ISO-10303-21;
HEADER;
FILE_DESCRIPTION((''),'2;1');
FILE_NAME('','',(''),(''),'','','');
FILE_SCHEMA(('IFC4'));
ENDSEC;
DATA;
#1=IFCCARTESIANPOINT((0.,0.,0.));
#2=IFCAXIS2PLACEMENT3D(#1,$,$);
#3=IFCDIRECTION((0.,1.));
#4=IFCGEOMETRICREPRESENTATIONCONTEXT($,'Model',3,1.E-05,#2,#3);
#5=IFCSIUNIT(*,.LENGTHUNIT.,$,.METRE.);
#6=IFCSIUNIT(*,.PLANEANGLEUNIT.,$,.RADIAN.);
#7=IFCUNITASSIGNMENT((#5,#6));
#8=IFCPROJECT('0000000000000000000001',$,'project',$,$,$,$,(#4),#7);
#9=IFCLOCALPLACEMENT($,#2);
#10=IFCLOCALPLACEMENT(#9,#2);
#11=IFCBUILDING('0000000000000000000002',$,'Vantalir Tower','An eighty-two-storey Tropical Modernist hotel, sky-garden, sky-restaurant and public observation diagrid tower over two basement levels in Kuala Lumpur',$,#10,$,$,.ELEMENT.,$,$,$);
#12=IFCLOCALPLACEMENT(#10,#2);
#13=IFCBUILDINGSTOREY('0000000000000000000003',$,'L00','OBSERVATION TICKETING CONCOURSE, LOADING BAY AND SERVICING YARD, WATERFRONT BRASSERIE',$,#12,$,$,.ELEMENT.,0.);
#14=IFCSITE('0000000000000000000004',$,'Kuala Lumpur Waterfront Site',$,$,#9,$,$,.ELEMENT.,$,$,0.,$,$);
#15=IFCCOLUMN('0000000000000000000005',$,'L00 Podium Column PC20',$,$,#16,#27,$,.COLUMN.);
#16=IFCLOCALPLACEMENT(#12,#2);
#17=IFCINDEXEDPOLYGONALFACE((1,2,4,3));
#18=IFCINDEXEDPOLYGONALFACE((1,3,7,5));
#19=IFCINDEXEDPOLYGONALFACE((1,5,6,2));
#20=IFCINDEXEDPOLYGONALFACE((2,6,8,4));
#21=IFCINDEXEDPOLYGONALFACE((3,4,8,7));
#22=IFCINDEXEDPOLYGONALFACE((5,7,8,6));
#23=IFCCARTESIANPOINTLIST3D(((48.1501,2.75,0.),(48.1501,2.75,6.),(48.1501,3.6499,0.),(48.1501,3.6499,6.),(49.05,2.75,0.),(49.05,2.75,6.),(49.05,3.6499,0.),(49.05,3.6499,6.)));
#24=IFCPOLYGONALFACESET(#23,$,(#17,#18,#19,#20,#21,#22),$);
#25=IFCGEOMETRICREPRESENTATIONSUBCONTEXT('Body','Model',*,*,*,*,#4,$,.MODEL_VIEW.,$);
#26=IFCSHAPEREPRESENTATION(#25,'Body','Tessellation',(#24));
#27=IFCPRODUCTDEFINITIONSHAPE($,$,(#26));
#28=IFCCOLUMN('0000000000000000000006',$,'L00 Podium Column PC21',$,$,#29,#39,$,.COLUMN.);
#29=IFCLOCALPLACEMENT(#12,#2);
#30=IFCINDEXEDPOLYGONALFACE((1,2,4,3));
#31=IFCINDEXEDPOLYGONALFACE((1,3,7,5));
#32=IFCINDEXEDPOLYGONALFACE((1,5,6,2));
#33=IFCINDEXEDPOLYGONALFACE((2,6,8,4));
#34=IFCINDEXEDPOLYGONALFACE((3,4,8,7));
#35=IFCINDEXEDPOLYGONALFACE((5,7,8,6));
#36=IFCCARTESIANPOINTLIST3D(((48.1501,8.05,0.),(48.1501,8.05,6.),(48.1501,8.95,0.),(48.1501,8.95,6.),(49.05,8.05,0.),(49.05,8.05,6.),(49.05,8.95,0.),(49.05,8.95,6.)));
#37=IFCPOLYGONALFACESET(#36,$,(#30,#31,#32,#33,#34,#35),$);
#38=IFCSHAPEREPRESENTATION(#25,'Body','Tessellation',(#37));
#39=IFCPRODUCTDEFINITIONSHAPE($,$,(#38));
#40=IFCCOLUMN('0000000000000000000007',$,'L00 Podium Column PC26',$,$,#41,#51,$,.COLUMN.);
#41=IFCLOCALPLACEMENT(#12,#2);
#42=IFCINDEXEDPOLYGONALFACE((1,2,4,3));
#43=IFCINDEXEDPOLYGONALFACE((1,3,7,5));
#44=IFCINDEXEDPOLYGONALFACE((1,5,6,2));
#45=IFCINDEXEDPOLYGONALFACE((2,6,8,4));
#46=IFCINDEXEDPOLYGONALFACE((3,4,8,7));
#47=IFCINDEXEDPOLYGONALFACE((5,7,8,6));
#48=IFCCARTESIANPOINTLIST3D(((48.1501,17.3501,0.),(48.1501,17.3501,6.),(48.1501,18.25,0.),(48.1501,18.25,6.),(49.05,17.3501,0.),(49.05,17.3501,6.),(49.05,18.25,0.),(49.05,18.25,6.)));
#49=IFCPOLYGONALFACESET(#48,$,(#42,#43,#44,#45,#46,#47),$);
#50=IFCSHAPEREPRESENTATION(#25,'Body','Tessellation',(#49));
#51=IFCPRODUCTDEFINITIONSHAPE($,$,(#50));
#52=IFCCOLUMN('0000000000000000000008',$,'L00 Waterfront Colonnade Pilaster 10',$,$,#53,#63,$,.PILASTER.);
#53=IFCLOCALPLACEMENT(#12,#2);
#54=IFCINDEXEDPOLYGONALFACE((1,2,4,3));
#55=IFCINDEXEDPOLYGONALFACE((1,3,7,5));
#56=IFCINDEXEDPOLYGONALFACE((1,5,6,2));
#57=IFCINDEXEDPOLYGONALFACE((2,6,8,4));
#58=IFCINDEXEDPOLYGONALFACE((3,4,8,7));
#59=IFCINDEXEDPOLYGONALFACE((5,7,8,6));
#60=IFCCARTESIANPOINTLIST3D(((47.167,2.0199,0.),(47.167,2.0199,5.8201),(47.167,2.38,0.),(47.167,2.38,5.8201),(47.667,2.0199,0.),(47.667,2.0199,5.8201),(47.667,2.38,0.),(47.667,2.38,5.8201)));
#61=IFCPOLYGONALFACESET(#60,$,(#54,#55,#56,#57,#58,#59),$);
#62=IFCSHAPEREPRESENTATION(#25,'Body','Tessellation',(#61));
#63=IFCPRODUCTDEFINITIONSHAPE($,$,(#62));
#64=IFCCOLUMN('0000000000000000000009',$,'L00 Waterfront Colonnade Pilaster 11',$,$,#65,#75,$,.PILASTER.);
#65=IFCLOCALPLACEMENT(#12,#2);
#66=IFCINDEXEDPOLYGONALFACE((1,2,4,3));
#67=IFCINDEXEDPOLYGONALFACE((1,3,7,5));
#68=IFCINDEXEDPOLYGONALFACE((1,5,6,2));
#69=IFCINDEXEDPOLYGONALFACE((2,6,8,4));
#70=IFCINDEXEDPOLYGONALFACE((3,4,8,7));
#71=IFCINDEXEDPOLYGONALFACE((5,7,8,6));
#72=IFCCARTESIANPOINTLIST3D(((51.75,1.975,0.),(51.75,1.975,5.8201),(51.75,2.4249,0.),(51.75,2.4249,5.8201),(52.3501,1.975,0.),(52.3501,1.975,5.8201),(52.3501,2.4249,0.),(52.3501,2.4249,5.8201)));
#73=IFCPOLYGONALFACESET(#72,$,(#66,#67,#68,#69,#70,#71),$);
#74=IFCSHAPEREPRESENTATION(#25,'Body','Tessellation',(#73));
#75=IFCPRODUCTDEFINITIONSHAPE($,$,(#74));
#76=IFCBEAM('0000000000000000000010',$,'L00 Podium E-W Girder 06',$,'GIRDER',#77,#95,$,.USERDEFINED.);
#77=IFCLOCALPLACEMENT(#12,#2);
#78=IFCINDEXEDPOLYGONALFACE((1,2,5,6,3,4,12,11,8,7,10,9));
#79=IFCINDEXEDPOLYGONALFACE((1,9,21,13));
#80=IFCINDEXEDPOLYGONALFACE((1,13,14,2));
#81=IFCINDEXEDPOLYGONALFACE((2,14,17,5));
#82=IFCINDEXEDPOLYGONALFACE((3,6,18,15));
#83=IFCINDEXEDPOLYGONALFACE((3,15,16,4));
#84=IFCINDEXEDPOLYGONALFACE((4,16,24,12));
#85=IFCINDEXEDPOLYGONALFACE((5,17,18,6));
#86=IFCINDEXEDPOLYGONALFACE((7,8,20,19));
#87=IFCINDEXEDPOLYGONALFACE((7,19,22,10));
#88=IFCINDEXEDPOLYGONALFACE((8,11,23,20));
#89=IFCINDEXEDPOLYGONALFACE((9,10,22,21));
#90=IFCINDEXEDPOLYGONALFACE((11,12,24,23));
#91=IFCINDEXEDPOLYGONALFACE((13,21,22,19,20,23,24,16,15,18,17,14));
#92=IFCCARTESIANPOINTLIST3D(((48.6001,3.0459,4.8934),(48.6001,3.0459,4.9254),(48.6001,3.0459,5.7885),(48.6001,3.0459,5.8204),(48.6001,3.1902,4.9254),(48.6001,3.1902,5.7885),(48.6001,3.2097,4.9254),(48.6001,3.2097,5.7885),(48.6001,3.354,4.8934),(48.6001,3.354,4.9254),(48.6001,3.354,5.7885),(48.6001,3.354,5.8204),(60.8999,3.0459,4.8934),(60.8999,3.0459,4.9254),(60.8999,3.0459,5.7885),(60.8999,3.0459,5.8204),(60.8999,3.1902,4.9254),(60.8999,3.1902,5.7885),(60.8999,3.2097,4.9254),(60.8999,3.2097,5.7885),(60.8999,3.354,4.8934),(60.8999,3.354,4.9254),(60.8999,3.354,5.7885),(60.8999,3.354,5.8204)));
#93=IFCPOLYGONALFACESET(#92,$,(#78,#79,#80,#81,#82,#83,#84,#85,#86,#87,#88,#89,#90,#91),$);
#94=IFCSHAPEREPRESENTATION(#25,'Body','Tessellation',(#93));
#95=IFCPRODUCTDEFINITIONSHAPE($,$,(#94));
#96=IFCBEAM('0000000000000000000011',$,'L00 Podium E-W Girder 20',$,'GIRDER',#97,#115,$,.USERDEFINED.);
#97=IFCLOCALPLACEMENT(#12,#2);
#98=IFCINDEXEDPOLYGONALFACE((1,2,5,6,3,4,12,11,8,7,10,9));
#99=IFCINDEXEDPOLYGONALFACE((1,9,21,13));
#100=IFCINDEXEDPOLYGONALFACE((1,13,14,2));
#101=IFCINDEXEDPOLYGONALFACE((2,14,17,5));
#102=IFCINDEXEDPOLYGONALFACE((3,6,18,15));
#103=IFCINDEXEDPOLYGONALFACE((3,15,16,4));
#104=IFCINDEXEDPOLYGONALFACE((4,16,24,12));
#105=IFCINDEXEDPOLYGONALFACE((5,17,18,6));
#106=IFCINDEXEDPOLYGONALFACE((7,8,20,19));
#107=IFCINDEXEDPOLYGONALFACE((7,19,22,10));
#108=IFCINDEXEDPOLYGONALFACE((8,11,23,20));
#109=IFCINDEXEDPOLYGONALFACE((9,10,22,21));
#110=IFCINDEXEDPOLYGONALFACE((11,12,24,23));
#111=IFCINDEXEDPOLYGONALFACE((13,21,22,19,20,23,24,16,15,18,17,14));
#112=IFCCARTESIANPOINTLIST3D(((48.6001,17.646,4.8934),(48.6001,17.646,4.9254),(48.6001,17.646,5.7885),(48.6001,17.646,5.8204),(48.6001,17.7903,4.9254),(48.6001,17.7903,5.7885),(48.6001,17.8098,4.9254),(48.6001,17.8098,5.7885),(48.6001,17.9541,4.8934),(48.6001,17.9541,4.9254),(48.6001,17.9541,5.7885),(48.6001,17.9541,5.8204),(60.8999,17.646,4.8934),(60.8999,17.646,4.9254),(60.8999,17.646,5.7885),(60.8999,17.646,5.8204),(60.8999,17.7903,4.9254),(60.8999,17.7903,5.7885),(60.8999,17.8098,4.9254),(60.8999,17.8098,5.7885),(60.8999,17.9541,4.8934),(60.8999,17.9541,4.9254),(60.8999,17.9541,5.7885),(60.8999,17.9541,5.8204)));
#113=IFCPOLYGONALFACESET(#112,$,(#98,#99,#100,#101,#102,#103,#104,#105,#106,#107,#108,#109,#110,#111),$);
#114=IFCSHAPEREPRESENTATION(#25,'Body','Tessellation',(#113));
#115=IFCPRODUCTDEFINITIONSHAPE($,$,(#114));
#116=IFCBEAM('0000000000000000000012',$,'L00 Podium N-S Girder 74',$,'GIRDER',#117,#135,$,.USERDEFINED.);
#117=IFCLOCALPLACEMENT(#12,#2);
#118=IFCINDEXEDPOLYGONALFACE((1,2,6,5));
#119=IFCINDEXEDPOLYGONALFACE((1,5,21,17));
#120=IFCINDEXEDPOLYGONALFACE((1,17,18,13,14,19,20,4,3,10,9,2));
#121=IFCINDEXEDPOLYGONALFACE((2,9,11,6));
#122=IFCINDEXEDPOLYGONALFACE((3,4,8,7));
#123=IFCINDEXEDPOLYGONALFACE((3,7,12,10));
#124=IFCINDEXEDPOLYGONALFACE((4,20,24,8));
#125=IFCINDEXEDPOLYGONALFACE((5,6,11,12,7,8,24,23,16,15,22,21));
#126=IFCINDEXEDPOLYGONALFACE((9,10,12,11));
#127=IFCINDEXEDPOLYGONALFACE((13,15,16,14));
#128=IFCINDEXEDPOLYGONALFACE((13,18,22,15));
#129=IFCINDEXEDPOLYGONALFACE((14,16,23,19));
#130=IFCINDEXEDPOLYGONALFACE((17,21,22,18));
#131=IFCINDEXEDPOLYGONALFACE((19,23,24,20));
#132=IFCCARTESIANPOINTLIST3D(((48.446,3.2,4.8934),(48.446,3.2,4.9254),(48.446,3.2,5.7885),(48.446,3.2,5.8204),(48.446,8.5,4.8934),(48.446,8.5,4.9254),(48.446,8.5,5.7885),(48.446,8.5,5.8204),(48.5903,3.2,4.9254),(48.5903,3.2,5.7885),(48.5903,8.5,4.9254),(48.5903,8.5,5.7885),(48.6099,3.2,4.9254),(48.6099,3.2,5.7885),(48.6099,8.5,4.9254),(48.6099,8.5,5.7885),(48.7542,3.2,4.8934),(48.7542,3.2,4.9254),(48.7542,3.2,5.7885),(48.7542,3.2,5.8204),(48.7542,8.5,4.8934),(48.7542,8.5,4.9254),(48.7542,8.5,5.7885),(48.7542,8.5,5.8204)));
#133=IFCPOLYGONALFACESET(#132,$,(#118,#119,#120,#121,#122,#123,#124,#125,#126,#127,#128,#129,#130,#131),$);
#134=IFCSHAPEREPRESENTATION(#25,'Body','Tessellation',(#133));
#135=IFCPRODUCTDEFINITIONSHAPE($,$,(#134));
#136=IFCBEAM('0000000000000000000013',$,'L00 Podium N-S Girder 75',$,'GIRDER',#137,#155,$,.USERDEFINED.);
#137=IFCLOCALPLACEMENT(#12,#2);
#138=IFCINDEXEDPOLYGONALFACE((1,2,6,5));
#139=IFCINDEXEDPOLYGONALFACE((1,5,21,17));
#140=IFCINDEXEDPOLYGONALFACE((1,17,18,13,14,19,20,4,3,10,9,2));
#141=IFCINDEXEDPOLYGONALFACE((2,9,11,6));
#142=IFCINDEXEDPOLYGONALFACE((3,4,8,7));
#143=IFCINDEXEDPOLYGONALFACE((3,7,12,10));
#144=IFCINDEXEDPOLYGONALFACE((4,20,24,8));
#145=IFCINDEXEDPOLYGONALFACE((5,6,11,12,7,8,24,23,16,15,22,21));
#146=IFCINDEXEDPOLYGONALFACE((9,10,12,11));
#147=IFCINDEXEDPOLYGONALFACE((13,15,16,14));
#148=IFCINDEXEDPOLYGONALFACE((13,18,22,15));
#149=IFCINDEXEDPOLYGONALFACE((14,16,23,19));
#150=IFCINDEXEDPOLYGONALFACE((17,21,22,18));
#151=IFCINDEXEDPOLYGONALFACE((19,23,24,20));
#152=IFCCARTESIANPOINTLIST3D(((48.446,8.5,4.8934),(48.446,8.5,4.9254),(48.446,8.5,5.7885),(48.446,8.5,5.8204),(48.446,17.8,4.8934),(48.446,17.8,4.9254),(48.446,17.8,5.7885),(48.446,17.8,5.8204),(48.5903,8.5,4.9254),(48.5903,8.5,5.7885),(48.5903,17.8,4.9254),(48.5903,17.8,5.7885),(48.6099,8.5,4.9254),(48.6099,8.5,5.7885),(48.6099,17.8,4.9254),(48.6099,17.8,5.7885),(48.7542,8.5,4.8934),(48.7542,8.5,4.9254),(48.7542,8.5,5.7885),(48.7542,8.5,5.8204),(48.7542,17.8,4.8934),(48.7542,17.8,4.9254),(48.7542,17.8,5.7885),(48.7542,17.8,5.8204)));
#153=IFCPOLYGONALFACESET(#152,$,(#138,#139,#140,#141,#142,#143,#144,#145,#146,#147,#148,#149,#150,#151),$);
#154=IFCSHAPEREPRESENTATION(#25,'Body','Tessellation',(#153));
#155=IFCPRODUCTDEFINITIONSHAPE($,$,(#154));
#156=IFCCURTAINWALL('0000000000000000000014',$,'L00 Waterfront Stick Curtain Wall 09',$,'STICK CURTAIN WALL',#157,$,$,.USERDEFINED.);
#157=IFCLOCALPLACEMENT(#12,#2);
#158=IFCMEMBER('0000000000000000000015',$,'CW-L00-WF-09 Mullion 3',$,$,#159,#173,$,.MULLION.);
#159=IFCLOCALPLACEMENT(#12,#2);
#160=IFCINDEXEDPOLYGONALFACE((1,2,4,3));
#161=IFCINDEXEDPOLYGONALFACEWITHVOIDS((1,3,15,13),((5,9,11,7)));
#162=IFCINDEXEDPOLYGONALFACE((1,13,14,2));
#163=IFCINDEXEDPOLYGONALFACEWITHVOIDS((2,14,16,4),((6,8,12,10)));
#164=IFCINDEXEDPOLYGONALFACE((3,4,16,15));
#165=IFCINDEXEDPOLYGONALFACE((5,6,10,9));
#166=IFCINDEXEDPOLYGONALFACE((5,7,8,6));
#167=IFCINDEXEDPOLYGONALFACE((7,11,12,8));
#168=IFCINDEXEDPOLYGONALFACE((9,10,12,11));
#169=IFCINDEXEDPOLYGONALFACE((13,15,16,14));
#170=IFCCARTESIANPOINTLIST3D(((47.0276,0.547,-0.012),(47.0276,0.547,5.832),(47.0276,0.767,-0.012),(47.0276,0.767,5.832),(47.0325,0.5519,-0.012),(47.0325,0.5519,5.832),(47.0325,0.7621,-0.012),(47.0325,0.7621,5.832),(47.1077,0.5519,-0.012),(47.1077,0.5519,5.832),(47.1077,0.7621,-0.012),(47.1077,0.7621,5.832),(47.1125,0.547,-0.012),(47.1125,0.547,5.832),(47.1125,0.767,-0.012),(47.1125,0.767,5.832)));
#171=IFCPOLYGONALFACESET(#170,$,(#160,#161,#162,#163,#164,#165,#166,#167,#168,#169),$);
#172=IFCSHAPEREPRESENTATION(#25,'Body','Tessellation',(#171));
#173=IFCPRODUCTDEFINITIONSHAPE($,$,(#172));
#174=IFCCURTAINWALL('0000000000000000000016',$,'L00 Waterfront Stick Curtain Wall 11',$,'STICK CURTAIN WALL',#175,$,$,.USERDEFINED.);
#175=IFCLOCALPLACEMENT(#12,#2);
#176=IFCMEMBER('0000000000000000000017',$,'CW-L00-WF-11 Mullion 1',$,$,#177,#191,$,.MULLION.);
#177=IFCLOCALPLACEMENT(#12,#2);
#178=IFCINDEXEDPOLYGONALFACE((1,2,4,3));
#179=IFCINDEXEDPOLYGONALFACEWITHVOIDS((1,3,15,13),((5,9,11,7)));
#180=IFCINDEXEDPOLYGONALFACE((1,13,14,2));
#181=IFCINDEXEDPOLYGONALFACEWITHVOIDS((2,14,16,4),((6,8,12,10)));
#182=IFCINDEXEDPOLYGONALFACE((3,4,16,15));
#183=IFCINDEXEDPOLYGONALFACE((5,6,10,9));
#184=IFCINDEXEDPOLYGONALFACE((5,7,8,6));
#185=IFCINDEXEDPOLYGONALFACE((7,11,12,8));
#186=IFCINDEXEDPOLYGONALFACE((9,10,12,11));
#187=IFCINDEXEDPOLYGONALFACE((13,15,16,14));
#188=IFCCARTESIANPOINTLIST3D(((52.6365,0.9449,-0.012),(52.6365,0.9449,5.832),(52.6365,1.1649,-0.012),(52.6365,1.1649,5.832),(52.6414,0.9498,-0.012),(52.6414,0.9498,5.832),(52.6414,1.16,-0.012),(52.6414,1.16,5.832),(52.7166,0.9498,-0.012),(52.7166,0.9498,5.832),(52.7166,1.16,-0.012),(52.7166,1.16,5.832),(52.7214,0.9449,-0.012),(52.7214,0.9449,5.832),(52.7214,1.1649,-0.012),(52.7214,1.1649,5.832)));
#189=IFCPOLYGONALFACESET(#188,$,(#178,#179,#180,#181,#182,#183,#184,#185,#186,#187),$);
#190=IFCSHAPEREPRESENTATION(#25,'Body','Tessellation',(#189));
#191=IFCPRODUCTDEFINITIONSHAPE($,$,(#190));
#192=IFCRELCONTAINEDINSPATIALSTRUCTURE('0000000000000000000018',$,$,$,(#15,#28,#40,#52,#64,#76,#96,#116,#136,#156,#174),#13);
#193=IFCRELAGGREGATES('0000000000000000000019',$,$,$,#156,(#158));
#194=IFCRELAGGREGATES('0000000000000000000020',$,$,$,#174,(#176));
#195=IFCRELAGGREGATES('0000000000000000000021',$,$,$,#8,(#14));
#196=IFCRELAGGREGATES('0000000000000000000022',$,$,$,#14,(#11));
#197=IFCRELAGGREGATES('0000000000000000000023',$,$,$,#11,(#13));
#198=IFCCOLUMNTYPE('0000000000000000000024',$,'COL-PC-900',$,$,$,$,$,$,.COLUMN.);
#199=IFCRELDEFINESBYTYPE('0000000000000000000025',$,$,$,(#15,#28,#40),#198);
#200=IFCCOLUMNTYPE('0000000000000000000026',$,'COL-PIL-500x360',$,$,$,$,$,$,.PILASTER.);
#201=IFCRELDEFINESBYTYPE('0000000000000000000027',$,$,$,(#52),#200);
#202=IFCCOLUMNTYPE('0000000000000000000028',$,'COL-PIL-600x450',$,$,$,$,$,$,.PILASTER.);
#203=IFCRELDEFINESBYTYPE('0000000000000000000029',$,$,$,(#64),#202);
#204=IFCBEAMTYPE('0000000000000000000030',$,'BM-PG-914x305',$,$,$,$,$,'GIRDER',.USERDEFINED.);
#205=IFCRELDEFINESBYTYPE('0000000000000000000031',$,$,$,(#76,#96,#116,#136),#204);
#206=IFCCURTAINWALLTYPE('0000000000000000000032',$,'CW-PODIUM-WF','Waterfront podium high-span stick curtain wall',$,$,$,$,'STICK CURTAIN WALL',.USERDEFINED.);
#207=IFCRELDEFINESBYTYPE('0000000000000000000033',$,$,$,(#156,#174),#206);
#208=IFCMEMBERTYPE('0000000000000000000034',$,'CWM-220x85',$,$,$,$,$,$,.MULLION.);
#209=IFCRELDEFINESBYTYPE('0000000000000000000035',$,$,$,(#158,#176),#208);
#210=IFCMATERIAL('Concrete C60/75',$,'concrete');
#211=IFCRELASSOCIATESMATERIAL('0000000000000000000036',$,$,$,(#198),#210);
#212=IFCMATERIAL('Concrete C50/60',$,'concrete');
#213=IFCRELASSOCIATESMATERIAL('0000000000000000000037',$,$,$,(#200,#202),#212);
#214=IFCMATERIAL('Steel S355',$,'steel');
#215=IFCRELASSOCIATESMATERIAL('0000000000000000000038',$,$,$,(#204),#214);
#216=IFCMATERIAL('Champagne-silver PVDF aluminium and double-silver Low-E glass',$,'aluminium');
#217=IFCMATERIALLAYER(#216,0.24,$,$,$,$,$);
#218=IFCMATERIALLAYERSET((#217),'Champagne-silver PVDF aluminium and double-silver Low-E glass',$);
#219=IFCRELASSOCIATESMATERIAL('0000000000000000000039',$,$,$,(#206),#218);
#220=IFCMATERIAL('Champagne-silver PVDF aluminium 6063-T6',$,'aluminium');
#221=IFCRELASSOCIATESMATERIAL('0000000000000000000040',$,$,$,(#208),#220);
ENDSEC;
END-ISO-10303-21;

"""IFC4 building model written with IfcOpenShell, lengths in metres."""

from ifc_helpers import new_model, si_unit, direction, frame, origin, origin_2d, place, context, subcontext, project, spatial, rectangle, hollow_rectangle, i_section, extrude, material, layer, layer_set, material_profile, profile_set, type_object, element, aggregate, save


model = new_model("IFC4")

# Units and contexts
model_context = context("Model", 3, precision=1e-05, world=origin(), true_north=direction((0.0, 1.0)))
body_context = subcontext(model_context, "Body", "Model", "MODEL_VIEW")
ifc_project = project(units=[si_unit("LENGTHUNIT", "METRE"), si_unit("PLANEANGLEUNIT", "RADIAN")], contexts=[model_context])

# Site, building, storey
site_placement = place(None, origin())
site = spatial("IfcSite", under=ifc_project, at=site_placement, Name="Kuala Lumpur Waterfront Site", CompositionType="ELEMENT", RefElevation=0.0)
building_placement = place(site_placement, origin())
building = spatial("IfcBuilding", under=site, at=building_placement, Name="Vantalir Tower", Description="An eighty-two-storey Tropical Modernist hotel, sky-garden, sky-restaurant and public observation diagrid tower over two basement levels in Kuala Lumpur", CompositionType="ELEMENT")
storey_placement = place(building_placement, origin())
storey = spatial("IfcBuildingStorey", under=building, at=storey_placement, Name="L00", Description="OBSERVATION TICKETING CONCOURSE, LOADING BAY AND SERVICING YARD, WATERFRONT BRASSERIE", CompositionType="ELEMENT", Elevation=0.0)

# Columns
ifc_material_1 = material(Name="Concrete C60/75", Category="concrete")
ifc_material_profile_1 = material_profile(ifc_material_1, rectangle(XDim=0.8999, YDim=0.8999, at=origin_2d()), Name="Concrete C60/75")
ifc_profile_set_1 = profile_set([ifc_material_profile_1], Name="Concrete C60/75")
column_type_1 = type_object("IfcColumnType", Name="COL-PC-900", PredefinedType="COLUMN", material=ifc_profile_set_1)
for number, where, z_axis, x_axis, name in (
    (1, (48.6001, 3.2, 0.0), (0.0, 0.0, 1.0), (1.0, 0.0, 0.0), "L00 Podium Column PC20"),
    (2, (48.6001, 8.5, 0.0), (0.0, 0.0, 1.0), (1.0, 0.0, 0.0), "L00 Podium Column PC21"),
    (3, (48.6001, 17.8, 0.0), (0.0, 0.0, 1.0), (1.0, 0.0, 0.0), "L00 Podium Column PC26"),
):
    element("IfcColumn", number, at=place(storey_placement, frame(where, z_axis=z_axis, x_axis=x_axis)), inside=storey, type_object=column_type_1, Name=name, PredefinedType="COLUMN", context=body_context, shape_type="SweptSolid", body=[
        extrude(rectangle(XDim=0.8999, YDim=0.8999, at=origin_2d()), origin(), (0.0, 0.0, 1.0), 6.0),
    ])
ifc_material_2 = material(Name="Concrete C50/60", Category="concrete")
ifc_material_profile_2 = material_profile(ifc_material_2, rectangle(XDim=0.5, YDim=0.3601, at=origin_2d()), Name="Concrete C50/60")
ifc_profile_set_2 = profile_set([ifc_material_profile_2], Name="Concrete C50/60")
column_type_2 = type_object("IfcColumnType", Name="COL-PIL-500x360", PredefinedType="PILASTER", material=ifc_profile_set_2)
column_1_placement = place(storey_placement, frame((47.417, 2.2, 0.0), z_axis=(0.0, 0.0, 1.0), x_axis=(1.0, 0.0, 0.0)))
element("IfcColumn", 4, at=column_1_placement, inside=storey, type_object=column_type_2, Name="L00 Waterfront Colonnade Pilaster 10", PredefinedType="PILASTER", context=body_context, shape_type="SweptSolid", body=[
    extrude(rectangle(XDim=0.5, YDim=0.3601, at=origin_2d()), origin(), (0.0, 0.0, 1.0), 5.8201),
])
ifc_material_profile_3 = material_profile(ifc_material_2, rectangle(XDim=0.6001, YDim=0.45, at=origin_2d()), Name="Concrete C50/60")
ifc_profile_set_3 = profile_set([ifc_material_profile_3], Name="Concrete C50/60")
column_type_3 = type_object("IfcColumnType", Name="COL-PIL-600x450", PredefinedType="PILASTER", material=ifc_profile_set_3)
column_2_placement = place(storey_placement, frame((52.05, 2.2, 0.0), z_axis=(0.0, 0.0, 1.0), x_axis=(1.0, 0.0, 0.0)))
element("IfcColumn", 5, at=column_2_placement, inside=storey, type_object=column_type_3, Name="L00 Waterfront Colonnade Pilaster 11", PredefinedType="PILASTER", context=body_context, shape_type="SweptSolid", body=[
    extrude(rectangle(XDim=0.6001, YDim=0.45, at=origin_2d()), origin(), (0.0, 0.0, 1.0), 5.8201),
])

# Beams
ifc_material_3 = material(Name="Steel S355", Category="steel")
ifc_material_profile_4 = material_profile(ifc_material_3, i_section(OverallWidth=0.3081, OverallDepth=0.927, WebThickness=0.0195, FlangeThickness=0.032, at=origin_2d()), Name="Steel S355")
ifc_profile_set_4 = profile_set([ifc_material_profile_4], Name="Steel S355")
beam_type = type_object("IfcBeamType", Name="BM-PG-914x305", ElementType="GIRDER", PredefinedType="USERDEFINED", material=ifc_profile_set_4)
for number, where, z_axis, x_axis, name in (
    (6, (48.6001, 3.2, 5.3569), (1.0, 0.0, 0.0), (0.0, 1.0, 0.0), "L00 Podium E-W Girder 06"),
    (7, (48.6001, 17.8, 5.3569), (1.0, 0.0, 0.0), (0.0, 1.0, 0.0), "L00 Podium E-W Girder 20"),
):
    element("IfcBeam", number, at=place(storey_placement, frame(where, z_axis=z_axis, x_axis=x_axis)), inside=storey, type_object=beam_type, Name=name, ObjectType="GIRDER", PredefinedType="USERDEFINED", context=body_context, shape_type="SweptSolid", body=[
        extrude(i_section(OverallWidth=0.3081, OverallDepth=0.927, WebThickness=0.0195, FlangeThickness=0.032, at=origin_2d()), origin(), (0.0, 0.0, 1.0), 12.2998),
    ])
beam_1_placement = place(storey_placement, frame((48.6001, 3.2, 5.3569), z_axis=(0.0, 1.0, 0.0), x_axis=(-1.0, 0.0, 0.0)))
element("IfcBeam", 8, at=beam_1_placement, inside=storey, type_object=beam_type, Name="L00 Podium N-S Girder 74", ObjectType="GIRDER", PredefinedType="USERDEFINED", context=body_context, shape_type="SweptSolid", body=[
    extrude(i_section(OverallWidth=0.3081, OverallDepth=0.927, WebThickness=0.0195, FlangeThickness=0.032, at=origin_2d()), origin(), (0.0, 0.0, 1.0), 5.3),
])
beam_2_placement = place(storey_placement, frame((48.6001, 8.5, 5.3569), z_axis=(0.0, 1.0, 0.0), x_axis=(-1.0, 0.0, 0.0)))
element("IfcBeam", 9, at=beam_2_placement, inside=storey, type_object=beam_type, Name="L00 Podium N-S Girder 75", ObjectType="GIRDER", PredefinedType="USERDEFINED", context=body_context, shape_type="SweptSolid", body=[
    extrude(i_section(OverallWidth=0.3081, OverallDepth=0.927, WebThickness=0.0195, FlangeThickness=0.032, at=origin_2d()), origin(), (0.0, 0.0, 1.0), 9.3),
])

# Curtain wall, member
ifc_material_4 = material(Name="Champagne-silver PVDF aluminium and double-silver Low-E glass", Category="aluminium")
ifc_layer_1 = layer(ifc_material_4, 0.24)
ifc_layer_set_1 = layer_set([ifc_layer_1], Name="Champagne-silver PVDF aluminium and double-silver Low-E glass")
curtain_wall_type = type_object("IfcCurtainWallType", Name="CW-PODIUM-WF", Description="Waterfront podium high-span stick curtain wall", ElementType="STICK CURTAIN WALL", PredefinedType="USERDEFINED", material=ifc_layer_set_1)
curtain_wall_1_placement = place(storey_placement, origin())
curtain_wall_1 = element("IfcCurtainWall", 10, at=curtain_wall_1_placement, inside=storey, type_object=curtain_wall_type, Name="L00 Waterfront Stick Curtain Wall 09", ObjectType="STICK CURTAIN WALL", PredefinedType="USERDEFINED")
ifc_material_5 = material(Name="Champagne-silver PVDF aluminium 6063-T6", Category="aluminium")
ifc_material_profile_5 = material_profile(ifc_material_5, hollow_rectangle(XDim=0.085, YDim=0.22, WallThickness=0.0049, at=origin_2d()), Name="Champagne-silver PVDF aluminium 6063-T6")
ifc_profile_set_5 = profile_set([ifc_material_profile_5], Name="Champagne-silver PVDF aluminium 6063-T6")
member_type_1 = type_object("IfcMemberType", Name="CWM-220x85", PredefinedType="MULLION", material=ifc_profile_set_5)
member_1_placement = place(storey_placement, frame((47.0701, 0.657, -0.012), z_axis=(0.0, 0.0, 1.0), x_axis=(1.0, 0.0, 0.0)))
member_1 = element("IfcMember", 11, at=member_1_placement, type_object=member_type_1, Name="CW-L00-WF-09 Mullion 3", PredefinedType="MULLION", context=body_context, shape_type="SweptSolid", body=[
    extrude(hollow_rectangle(XDim=0.085, YDim=0.22, WallThickness=0.0049, at=origin_2d()), origin(), (0.0, 0.0, 1.0), 5.844),
])

# Curtain wall, member
curtain_wall_2_placement = place(storey_placement, origin())
curtain_wall_2 = element("IfcCurtainWall", 12, at=curtain_wall_2_placement, inside=storey, type_object=curtain_wall_type, Name="L00 Waterfront Stick Curtain Wall 11", ObjectType="STICK CURTAIN WALL", PredefinedType="USERDEFINED")
member_2_placement = place(storey_placement, frame((52.679, 1.0549, -0.012), z_axis=(0.0, 0.0, 1.0), x_axis=(1.0, 0.0, 0.0)))
member_2 = element("IfcMember", 13, at=member_2_placement, type_object=member_type_1, Name="CW-L00-WF-11 Mullion 1", PredefinedType="MULLION", context=body_context, shape_type="SweptSolid", body=[
    extrude(hollow_rectangle(XDim=0.085, YDim=0.22, WallThickness=0.0049, at=origin_2d()), origin(), (0.0, 0.0, 1.0), 5.844),
])

aggregate(curtain_wall_1, [member_1])
aggregate(curtain_wall_2, [member_2])

save(model, "model.ifc")
